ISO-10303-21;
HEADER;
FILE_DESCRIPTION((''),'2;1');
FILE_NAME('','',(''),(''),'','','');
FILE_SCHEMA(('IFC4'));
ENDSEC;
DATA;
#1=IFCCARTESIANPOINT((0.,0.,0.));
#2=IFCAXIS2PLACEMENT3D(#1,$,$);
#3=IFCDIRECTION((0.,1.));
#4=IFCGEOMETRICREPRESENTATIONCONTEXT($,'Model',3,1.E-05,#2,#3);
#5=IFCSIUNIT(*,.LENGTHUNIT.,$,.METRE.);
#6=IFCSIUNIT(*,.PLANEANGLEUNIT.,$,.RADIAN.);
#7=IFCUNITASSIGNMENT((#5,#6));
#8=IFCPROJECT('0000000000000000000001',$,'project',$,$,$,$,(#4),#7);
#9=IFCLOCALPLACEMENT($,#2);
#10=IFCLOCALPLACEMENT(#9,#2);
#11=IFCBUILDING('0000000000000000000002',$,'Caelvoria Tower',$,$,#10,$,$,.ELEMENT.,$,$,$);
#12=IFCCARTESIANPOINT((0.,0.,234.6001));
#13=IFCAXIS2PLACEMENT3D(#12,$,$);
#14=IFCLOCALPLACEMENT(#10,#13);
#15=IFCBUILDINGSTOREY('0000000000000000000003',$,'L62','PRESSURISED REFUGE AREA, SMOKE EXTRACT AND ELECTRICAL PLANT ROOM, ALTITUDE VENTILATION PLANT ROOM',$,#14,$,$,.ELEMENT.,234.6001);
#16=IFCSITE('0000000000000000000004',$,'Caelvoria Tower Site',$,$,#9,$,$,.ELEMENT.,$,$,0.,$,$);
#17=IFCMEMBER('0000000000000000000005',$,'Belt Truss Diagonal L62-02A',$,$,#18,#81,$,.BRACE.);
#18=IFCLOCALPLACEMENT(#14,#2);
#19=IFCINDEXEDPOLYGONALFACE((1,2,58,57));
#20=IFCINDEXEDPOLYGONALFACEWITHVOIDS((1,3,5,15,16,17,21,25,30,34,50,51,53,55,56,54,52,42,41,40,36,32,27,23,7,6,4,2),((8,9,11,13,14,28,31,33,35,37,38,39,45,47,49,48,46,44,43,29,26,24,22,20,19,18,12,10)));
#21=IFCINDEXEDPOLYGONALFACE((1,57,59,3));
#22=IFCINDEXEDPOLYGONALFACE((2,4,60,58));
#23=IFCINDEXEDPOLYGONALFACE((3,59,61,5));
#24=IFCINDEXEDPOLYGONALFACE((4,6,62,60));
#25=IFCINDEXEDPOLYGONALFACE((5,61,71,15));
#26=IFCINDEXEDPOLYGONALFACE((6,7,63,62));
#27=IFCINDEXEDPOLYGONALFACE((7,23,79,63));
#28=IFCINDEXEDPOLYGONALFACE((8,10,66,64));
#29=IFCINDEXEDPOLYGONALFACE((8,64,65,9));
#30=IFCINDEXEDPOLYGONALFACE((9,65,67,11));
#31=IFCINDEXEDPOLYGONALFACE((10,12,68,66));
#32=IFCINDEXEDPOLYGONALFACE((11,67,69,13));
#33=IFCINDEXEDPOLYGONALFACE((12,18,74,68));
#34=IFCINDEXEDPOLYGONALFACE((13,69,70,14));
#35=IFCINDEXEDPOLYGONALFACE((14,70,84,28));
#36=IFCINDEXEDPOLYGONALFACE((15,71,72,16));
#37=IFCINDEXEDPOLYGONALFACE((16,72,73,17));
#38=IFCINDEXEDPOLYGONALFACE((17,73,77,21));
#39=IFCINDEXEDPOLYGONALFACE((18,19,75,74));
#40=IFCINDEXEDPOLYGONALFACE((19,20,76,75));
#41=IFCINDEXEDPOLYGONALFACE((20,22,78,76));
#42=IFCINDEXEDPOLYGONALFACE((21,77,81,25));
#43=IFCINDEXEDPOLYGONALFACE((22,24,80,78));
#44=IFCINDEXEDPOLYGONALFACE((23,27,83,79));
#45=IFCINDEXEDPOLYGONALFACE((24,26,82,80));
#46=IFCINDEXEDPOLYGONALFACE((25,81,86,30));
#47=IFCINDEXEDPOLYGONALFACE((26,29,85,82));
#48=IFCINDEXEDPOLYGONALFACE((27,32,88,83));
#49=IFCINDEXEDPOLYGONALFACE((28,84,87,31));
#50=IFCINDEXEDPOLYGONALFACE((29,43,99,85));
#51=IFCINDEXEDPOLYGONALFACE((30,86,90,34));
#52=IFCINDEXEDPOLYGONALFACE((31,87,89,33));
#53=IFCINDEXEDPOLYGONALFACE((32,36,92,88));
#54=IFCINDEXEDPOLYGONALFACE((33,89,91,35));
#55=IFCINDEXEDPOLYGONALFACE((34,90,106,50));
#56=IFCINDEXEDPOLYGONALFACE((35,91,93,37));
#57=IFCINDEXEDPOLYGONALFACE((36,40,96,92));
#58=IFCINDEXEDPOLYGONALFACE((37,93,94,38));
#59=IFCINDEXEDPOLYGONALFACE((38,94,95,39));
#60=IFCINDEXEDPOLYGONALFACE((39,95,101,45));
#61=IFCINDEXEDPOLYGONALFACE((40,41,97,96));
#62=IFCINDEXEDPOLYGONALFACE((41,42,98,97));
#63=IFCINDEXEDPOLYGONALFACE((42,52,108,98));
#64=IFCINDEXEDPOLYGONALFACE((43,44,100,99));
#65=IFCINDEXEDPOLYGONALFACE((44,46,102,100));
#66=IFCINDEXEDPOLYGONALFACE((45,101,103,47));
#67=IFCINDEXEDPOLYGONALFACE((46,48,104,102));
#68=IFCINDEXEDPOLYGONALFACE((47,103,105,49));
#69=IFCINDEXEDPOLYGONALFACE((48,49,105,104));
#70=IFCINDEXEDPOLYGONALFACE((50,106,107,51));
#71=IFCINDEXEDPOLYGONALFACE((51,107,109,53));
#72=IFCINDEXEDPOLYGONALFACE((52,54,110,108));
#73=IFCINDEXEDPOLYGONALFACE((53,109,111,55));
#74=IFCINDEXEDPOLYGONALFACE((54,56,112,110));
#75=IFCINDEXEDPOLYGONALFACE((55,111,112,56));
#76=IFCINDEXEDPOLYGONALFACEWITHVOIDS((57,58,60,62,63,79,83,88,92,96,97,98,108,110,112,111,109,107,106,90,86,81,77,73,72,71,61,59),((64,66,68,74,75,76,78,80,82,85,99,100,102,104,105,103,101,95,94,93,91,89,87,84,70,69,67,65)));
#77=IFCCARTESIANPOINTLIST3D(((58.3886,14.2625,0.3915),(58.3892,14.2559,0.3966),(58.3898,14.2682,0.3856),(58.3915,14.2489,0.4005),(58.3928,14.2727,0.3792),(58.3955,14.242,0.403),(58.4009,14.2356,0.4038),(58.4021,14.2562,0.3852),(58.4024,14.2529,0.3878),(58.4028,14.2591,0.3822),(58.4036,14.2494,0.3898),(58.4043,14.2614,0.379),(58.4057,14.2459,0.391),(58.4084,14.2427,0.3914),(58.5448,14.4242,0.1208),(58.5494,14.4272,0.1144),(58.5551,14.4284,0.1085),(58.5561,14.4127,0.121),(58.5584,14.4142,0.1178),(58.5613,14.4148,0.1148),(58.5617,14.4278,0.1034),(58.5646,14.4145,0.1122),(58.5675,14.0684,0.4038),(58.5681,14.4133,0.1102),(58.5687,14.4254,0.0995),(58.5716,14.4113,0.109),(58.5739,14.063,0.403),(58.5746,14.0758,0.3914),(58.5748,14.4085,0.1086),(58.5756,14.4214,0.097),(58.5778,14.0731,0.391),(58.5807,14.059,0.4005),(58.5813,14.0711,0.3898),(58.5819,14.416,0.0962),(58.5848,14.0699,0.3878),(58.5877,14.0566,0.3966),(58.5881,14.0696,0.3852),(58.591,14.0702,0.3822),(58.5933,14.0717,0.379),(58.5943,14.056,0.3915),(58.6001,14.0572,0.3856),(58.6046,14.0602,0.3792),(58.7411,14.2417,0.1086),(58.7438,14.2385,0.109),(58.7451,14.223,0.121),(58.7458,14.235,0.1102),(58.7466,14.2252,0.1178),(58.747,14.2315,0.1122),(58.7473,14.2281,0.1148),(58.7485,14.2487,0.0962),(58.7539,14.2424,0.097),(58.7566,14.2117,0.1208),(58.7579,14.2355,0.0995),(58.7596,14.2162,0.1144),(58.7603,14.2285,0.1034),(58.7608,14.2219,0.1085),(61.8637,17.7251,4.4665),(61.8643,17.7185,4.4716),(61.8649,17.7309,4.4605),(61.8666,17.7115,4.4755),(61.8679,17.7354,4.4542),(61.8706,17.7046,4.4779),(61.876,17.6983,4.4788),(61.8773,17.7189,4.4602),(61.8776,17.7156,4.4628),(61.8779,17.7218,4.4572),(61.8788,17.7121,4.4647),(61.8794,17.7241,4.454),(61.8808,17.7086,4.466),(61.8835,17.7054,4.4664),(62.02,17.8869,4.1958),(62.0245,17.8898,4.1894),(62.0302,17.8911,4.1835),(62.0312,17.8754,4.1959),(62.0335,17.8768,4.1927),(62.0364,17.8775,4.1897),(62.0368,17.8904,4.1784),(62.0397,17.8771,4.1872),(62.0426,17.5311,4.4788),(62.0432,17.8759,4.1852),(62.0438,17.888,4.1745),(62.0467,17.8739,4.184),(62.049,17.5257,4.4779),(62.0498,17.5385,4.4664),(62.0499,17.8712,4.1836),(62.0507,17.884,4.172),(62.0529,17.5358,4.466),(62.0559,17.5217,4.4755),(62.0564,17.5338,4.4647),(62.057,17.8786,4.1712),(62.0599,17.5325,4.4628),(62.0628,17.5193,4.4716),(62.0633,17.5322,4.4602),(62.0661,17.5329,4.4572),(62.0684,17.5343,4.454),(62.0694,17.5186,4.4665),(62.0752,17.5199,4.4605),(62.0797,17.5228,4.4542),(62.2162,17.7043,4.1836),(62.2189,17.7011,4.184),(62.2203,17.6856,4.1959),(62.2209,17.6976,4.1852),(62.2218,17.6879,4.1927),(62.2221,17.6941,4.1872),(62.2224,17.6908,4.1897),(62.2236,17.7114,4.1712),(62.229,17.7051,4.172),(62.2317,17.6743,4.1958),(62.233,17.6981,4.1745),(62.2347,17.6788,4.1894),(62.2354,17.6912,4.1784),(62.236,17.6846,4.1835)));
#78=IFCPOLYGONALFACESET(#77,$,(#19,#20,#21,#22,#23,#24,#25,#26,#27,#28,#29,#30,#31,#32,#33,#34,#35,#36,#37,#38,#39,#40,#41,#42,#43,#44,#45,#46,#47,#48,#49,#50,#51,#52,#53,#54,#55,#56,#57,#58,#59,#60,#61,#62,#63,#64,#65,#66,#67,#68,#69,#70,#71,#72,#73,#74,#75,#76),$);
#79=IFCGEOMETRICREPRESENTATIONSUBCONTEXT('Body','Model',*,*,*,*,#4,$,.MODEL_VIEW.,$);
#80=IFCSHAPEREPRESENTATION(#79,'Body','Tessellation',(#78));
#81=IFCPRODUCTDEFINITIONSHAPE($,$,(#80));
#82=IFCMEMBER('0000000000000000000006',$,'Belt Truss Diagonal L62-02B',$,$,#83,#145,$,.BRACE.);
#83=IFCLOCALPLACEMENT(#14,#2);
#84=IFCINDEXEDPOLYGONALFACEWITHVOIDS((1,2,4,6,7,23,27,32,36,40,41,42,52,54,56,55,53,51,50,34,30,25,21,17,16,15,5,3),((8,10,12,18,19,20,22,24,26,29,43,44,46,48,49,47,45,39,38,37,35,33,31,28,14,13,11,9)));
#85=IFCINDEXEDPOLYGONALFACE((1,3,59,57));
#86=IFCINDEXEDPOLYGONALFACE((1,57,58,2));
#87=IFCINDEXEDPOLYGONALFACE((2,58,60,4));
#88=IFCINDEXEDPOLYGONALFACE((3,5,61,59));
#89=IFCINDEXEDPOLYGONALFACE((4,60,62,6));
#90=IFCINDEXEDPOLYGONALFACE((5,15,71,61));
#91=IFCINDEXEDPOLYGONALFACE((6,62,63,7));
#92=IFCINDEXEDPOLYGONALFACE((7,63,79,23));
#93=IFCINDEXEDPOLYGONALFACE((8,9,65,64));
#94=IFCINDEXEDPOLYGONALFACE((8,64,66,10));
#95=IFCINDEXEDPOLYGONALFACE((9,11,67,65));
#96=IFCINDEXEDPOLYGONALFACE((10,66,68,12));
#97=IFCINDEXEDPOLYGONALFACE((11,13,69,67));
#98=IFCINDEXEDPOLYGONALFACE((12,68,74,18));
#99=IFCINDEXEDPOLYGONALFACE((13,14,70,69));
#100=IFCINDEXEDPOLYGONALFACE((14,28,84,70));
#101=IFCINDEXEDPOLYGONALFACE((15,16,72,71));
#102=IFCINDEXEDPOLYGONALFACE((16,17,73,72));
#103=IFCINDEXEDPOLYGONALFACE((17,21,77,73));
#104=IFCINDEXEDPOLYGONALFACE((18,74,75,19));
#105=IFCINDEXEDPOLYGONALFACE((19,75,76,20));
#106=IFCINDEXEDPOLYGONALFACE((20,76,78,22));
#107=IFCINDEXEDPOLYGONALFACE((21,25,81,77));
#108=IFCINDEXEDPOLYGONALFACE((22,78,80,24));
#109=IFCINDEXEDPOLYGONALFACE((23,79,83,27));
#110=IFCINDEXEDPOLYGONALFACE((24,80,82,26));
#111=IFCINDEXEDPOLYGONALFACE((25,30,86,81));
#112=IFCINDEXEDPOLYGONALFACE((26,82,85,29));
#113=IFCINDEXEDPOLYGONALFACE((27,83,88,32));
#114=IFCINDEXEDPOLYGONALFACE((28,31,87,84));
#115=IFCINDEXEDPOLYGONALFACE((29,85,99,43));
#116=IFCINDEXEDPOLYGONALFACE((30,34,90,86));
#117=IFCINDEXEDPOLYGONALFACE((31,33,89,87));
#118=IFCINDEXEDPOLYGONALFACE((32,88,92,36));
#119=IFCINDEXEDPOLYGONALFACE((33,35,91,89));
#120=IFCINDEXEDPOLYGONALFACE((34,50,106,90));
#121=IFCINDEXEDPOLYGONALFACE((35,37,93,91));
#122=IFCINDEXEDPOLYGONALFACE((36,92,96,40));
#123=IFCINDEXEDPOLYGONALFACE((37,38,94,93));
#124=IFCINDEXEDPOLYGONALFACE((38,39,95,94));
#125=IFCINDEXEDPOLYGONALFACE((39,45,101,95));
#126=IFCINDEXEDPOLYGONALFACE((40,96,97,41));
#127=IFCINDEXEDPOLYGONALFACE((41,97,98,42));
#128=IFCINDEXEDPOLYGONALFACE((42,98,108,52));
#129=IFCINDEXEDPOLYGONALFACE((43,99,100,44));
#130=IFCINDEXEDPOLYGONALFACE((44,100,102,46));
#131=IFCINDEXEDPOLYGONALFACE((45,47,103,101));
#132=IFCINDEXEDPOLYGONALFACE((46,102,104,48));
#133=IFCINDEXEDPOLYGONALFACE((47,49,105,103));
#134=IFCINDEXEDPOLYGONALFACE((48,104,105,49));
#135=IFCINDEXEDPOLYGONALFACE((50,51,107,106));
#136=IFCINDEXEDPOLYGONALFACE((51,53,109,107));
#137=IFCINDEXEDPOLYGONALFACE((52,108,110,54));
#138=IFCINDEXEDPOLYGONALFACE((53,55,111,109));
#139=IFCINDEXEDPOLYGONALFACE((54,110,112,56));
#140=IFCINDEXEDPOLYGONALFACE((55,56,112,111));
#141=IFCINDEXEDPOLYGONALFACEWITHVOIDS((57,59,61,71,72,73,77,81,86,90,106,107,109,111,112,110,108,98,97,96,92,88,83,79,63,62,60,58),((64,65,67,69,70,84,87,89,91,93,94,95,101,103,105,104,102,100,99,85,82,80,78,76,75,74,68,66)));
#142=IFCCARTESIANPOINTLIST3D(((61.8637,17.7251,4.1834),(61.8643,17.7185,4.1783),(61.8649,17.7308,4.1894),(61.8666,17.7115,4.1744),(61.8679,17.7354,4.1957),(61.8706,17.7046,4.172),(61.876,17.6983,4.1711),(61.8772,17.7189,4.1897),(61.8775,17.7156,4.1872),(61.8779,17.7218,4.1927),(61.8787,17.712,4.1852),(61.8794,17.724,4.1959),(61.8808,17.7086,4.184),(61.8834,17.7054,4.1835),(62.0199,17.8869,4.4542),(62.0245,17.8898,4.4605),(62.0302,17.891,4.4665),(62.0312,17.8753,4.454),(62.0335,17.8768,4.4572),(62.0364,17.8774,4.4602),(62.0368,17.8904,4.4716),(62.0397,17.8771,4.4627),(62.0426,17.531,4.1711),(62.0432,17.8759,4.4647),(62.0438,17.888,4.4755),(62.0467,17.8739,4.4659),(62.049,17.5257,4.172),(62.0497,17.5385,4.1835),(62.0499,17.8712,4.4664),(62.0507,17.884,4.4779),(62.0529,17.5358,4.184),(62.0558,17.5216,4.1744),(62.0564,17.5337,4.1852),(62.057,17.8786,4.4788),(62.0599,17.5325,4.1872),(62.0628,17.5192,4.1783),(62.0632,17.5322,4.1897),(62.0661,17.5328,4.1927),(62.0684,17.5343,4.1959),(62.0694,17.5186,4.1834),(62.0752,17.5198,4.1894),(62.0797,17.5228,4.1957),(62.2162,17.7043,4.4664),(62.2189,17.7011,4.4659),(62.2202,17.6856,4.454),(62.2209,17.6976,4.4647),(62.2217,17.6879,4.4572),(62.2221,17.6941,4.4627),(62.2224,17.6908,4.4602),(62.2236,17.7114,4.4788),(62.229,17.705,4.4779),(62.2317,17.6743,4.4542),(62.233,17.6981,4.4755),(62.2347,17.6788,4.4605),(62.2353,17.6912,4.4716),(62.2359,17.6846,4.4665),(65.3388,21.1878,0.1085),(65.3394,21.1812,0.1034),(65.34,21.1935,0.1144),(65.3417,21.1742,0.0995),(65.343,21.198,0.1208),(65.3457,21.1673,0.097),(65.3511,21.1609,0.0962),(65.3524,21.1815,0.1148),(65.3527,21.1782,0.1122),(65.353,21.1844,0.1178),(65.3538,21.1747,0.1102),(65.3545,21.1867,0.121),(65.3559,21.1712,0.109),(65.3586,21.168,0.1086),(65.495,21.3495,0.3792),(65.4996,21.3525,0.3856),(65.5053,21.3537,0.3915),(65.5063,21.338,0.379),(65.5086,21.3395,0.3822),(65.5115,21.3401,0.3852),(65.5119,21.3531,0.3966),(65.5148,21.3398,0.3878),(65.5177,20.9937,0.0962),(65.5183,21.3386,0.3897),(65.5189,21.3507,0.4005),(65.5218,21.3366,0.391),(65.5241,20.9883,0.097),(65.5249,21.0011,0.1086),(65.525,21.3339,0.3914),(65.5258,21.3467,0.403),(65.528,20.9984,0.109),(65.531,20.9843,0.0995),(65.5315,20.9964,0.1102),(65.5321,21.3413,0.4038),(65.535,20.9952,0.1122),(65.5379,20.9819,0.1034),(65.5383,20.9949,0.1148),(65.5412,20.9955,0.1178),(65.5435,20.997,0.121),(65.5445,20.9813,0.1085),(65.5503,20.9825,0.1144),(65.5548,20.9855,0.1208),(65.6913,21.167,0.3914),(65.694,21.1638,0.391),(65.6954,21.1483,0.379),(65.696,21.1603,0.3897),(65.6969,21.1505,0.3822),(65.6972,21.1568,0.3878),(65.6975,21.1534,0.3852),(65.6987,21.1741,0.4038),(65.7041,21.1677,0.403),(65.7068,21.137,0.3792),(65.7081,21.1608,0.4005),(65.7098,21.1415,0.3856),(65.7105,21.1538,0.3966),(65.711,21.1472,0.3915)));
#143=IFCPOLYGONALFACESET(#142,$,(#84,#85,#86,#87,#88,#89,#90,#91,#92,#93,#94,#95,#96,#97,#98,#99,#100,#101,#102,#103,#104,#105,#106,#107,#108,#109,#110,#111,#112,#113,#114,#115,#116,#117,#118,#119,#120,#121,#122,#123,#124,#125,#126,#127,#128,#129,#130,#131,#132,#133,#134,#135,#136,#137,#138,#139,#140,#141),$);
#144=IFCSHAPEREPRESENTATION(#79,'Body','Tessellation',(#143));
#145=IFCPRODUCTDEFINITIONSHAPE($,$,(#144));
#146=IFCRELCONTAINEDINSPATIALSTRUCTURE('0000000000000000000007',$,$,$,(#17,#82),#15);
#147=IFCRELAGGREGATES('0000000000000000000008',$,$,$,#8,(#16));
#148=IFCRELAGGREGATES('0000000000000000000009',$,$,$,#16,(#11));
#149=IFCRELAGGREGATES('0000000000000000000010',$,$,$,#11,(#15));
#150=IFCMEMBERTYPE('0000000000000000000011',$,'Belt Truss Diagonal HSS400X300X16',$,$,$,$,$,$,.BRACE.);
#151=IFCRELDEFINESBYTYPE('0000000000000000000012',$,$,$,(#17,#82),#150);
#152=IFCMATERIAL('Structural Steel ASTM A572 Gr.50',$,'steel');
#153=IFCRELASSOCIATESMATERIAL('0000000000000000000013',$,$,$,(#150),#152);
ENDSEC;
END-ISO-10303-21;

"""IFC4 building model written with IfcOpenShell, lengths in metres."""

from ifc_helpers import new_model, si_unit, direction, frame, origin, origin_2d, place, context, subcontext, project, spatial, hollow_rectangle, extrude, material, material_profile, profile_set, type_object, element, save


model = new_model("IFC4")

# Units and contexts
model_context = context("Model", 3, precision=1e-05, world=origin(), true_north=direction((0.0, 1.0)))
body_context = subcontext(model_context, "Body", "Model", "MODEL_VIEW")
ifc_project = project(units=[si_unit("LENGTHUNIT", "METRE"), si_unit("PLANEANGLEUNIT", "RADIAN")], contexts=[model_context])

# Site, building, storey
site_placement = place(None, origin())
site = spatial("IfcSite", under=ifc_project, at=site_placement, Name="Caelvoria Tower Site", CompositionType="ELEMENT", RefElevation=0.0)
building_placement = place(site_placement, origin())
building = spatial("IfcBuilding", under=site, at=building_placement, Name="Caelvoria Tower", CompositionType="ELEMENT")
storey_placement = place(building_placement, frame((0.0, 0.0, 234.6001)))
storey = spatial("IfcBuildingStorey", under=building, at=storey_placement, Name="L62", Description="PRESSURISED REFUGE AREA, SMOKE EXTRACT AND ELECTRICAL PLANT ROOM, ALTITUDE VENTILATION PLANT ROOM", CompositionType="ELEMENT", Elevation=234.6001)

# Shared definitions
ifc_material_1 = material(Name="Structural Steel ASTM A572 Gr.50", Category="steel")

# Members
ifc_material_profile_1 = material_profile(ifc_material_1, hollow_rectangle(XDim=0.3, YDim=0.3999, WallThickness=0.0161, InnerFilletRadius=0.0161, OuterFilletRadius=0.032, at=origin_2d()), Name="Structural Steel ASTM A572 Gr.50")
ifc_profile_set_1 = profile_set([ifc_material_profile_1], Name="HSS400X300X16 - Structural Steel ASTM A572 Gr.50")
member_type_1 = type_object("IfcMemberType", Name="Belt Truss Diagonal HSS400X300X16", PredefinedType="BRACE", material=ifc_profile_set_1)
for number, where, z_axis, x_axis, name in (
    (1, (58.5747, 14.2422, 0.25), (0.544907, 0.542954, 0.638966), (-0.705837, 0.708375, 0.0), "Belt Truss Diagonal L62-02A"),
    (2, (62.0498, 17.7048, 4.325), (0.544907, 0.542954, -0.638966), (-0.705837, 0.708375, 0.0), "Belt Truss Diagonal L62-02B"),
):
    element("IfcMember", number, at=place(storey_placement, frame(where, z_axis=z_axis, x_axis=x_axis)), inside=storey, type_object=member_type_1, Name=name, PredefinedType="BRACE", context=body_context, shape_type="SweptSolid", body=[
        extrude(hollow_rectangle(XDim=0.3, YDim=0.3999, WallThickness=0.0161, InnerFilletRadius=0.0161, OuterFilletRadius=0.032, at=origin_2d()), origin(), (0.0, 0.0, 1.0), 6.3774),
    ])

save(model, "model.ifc")
